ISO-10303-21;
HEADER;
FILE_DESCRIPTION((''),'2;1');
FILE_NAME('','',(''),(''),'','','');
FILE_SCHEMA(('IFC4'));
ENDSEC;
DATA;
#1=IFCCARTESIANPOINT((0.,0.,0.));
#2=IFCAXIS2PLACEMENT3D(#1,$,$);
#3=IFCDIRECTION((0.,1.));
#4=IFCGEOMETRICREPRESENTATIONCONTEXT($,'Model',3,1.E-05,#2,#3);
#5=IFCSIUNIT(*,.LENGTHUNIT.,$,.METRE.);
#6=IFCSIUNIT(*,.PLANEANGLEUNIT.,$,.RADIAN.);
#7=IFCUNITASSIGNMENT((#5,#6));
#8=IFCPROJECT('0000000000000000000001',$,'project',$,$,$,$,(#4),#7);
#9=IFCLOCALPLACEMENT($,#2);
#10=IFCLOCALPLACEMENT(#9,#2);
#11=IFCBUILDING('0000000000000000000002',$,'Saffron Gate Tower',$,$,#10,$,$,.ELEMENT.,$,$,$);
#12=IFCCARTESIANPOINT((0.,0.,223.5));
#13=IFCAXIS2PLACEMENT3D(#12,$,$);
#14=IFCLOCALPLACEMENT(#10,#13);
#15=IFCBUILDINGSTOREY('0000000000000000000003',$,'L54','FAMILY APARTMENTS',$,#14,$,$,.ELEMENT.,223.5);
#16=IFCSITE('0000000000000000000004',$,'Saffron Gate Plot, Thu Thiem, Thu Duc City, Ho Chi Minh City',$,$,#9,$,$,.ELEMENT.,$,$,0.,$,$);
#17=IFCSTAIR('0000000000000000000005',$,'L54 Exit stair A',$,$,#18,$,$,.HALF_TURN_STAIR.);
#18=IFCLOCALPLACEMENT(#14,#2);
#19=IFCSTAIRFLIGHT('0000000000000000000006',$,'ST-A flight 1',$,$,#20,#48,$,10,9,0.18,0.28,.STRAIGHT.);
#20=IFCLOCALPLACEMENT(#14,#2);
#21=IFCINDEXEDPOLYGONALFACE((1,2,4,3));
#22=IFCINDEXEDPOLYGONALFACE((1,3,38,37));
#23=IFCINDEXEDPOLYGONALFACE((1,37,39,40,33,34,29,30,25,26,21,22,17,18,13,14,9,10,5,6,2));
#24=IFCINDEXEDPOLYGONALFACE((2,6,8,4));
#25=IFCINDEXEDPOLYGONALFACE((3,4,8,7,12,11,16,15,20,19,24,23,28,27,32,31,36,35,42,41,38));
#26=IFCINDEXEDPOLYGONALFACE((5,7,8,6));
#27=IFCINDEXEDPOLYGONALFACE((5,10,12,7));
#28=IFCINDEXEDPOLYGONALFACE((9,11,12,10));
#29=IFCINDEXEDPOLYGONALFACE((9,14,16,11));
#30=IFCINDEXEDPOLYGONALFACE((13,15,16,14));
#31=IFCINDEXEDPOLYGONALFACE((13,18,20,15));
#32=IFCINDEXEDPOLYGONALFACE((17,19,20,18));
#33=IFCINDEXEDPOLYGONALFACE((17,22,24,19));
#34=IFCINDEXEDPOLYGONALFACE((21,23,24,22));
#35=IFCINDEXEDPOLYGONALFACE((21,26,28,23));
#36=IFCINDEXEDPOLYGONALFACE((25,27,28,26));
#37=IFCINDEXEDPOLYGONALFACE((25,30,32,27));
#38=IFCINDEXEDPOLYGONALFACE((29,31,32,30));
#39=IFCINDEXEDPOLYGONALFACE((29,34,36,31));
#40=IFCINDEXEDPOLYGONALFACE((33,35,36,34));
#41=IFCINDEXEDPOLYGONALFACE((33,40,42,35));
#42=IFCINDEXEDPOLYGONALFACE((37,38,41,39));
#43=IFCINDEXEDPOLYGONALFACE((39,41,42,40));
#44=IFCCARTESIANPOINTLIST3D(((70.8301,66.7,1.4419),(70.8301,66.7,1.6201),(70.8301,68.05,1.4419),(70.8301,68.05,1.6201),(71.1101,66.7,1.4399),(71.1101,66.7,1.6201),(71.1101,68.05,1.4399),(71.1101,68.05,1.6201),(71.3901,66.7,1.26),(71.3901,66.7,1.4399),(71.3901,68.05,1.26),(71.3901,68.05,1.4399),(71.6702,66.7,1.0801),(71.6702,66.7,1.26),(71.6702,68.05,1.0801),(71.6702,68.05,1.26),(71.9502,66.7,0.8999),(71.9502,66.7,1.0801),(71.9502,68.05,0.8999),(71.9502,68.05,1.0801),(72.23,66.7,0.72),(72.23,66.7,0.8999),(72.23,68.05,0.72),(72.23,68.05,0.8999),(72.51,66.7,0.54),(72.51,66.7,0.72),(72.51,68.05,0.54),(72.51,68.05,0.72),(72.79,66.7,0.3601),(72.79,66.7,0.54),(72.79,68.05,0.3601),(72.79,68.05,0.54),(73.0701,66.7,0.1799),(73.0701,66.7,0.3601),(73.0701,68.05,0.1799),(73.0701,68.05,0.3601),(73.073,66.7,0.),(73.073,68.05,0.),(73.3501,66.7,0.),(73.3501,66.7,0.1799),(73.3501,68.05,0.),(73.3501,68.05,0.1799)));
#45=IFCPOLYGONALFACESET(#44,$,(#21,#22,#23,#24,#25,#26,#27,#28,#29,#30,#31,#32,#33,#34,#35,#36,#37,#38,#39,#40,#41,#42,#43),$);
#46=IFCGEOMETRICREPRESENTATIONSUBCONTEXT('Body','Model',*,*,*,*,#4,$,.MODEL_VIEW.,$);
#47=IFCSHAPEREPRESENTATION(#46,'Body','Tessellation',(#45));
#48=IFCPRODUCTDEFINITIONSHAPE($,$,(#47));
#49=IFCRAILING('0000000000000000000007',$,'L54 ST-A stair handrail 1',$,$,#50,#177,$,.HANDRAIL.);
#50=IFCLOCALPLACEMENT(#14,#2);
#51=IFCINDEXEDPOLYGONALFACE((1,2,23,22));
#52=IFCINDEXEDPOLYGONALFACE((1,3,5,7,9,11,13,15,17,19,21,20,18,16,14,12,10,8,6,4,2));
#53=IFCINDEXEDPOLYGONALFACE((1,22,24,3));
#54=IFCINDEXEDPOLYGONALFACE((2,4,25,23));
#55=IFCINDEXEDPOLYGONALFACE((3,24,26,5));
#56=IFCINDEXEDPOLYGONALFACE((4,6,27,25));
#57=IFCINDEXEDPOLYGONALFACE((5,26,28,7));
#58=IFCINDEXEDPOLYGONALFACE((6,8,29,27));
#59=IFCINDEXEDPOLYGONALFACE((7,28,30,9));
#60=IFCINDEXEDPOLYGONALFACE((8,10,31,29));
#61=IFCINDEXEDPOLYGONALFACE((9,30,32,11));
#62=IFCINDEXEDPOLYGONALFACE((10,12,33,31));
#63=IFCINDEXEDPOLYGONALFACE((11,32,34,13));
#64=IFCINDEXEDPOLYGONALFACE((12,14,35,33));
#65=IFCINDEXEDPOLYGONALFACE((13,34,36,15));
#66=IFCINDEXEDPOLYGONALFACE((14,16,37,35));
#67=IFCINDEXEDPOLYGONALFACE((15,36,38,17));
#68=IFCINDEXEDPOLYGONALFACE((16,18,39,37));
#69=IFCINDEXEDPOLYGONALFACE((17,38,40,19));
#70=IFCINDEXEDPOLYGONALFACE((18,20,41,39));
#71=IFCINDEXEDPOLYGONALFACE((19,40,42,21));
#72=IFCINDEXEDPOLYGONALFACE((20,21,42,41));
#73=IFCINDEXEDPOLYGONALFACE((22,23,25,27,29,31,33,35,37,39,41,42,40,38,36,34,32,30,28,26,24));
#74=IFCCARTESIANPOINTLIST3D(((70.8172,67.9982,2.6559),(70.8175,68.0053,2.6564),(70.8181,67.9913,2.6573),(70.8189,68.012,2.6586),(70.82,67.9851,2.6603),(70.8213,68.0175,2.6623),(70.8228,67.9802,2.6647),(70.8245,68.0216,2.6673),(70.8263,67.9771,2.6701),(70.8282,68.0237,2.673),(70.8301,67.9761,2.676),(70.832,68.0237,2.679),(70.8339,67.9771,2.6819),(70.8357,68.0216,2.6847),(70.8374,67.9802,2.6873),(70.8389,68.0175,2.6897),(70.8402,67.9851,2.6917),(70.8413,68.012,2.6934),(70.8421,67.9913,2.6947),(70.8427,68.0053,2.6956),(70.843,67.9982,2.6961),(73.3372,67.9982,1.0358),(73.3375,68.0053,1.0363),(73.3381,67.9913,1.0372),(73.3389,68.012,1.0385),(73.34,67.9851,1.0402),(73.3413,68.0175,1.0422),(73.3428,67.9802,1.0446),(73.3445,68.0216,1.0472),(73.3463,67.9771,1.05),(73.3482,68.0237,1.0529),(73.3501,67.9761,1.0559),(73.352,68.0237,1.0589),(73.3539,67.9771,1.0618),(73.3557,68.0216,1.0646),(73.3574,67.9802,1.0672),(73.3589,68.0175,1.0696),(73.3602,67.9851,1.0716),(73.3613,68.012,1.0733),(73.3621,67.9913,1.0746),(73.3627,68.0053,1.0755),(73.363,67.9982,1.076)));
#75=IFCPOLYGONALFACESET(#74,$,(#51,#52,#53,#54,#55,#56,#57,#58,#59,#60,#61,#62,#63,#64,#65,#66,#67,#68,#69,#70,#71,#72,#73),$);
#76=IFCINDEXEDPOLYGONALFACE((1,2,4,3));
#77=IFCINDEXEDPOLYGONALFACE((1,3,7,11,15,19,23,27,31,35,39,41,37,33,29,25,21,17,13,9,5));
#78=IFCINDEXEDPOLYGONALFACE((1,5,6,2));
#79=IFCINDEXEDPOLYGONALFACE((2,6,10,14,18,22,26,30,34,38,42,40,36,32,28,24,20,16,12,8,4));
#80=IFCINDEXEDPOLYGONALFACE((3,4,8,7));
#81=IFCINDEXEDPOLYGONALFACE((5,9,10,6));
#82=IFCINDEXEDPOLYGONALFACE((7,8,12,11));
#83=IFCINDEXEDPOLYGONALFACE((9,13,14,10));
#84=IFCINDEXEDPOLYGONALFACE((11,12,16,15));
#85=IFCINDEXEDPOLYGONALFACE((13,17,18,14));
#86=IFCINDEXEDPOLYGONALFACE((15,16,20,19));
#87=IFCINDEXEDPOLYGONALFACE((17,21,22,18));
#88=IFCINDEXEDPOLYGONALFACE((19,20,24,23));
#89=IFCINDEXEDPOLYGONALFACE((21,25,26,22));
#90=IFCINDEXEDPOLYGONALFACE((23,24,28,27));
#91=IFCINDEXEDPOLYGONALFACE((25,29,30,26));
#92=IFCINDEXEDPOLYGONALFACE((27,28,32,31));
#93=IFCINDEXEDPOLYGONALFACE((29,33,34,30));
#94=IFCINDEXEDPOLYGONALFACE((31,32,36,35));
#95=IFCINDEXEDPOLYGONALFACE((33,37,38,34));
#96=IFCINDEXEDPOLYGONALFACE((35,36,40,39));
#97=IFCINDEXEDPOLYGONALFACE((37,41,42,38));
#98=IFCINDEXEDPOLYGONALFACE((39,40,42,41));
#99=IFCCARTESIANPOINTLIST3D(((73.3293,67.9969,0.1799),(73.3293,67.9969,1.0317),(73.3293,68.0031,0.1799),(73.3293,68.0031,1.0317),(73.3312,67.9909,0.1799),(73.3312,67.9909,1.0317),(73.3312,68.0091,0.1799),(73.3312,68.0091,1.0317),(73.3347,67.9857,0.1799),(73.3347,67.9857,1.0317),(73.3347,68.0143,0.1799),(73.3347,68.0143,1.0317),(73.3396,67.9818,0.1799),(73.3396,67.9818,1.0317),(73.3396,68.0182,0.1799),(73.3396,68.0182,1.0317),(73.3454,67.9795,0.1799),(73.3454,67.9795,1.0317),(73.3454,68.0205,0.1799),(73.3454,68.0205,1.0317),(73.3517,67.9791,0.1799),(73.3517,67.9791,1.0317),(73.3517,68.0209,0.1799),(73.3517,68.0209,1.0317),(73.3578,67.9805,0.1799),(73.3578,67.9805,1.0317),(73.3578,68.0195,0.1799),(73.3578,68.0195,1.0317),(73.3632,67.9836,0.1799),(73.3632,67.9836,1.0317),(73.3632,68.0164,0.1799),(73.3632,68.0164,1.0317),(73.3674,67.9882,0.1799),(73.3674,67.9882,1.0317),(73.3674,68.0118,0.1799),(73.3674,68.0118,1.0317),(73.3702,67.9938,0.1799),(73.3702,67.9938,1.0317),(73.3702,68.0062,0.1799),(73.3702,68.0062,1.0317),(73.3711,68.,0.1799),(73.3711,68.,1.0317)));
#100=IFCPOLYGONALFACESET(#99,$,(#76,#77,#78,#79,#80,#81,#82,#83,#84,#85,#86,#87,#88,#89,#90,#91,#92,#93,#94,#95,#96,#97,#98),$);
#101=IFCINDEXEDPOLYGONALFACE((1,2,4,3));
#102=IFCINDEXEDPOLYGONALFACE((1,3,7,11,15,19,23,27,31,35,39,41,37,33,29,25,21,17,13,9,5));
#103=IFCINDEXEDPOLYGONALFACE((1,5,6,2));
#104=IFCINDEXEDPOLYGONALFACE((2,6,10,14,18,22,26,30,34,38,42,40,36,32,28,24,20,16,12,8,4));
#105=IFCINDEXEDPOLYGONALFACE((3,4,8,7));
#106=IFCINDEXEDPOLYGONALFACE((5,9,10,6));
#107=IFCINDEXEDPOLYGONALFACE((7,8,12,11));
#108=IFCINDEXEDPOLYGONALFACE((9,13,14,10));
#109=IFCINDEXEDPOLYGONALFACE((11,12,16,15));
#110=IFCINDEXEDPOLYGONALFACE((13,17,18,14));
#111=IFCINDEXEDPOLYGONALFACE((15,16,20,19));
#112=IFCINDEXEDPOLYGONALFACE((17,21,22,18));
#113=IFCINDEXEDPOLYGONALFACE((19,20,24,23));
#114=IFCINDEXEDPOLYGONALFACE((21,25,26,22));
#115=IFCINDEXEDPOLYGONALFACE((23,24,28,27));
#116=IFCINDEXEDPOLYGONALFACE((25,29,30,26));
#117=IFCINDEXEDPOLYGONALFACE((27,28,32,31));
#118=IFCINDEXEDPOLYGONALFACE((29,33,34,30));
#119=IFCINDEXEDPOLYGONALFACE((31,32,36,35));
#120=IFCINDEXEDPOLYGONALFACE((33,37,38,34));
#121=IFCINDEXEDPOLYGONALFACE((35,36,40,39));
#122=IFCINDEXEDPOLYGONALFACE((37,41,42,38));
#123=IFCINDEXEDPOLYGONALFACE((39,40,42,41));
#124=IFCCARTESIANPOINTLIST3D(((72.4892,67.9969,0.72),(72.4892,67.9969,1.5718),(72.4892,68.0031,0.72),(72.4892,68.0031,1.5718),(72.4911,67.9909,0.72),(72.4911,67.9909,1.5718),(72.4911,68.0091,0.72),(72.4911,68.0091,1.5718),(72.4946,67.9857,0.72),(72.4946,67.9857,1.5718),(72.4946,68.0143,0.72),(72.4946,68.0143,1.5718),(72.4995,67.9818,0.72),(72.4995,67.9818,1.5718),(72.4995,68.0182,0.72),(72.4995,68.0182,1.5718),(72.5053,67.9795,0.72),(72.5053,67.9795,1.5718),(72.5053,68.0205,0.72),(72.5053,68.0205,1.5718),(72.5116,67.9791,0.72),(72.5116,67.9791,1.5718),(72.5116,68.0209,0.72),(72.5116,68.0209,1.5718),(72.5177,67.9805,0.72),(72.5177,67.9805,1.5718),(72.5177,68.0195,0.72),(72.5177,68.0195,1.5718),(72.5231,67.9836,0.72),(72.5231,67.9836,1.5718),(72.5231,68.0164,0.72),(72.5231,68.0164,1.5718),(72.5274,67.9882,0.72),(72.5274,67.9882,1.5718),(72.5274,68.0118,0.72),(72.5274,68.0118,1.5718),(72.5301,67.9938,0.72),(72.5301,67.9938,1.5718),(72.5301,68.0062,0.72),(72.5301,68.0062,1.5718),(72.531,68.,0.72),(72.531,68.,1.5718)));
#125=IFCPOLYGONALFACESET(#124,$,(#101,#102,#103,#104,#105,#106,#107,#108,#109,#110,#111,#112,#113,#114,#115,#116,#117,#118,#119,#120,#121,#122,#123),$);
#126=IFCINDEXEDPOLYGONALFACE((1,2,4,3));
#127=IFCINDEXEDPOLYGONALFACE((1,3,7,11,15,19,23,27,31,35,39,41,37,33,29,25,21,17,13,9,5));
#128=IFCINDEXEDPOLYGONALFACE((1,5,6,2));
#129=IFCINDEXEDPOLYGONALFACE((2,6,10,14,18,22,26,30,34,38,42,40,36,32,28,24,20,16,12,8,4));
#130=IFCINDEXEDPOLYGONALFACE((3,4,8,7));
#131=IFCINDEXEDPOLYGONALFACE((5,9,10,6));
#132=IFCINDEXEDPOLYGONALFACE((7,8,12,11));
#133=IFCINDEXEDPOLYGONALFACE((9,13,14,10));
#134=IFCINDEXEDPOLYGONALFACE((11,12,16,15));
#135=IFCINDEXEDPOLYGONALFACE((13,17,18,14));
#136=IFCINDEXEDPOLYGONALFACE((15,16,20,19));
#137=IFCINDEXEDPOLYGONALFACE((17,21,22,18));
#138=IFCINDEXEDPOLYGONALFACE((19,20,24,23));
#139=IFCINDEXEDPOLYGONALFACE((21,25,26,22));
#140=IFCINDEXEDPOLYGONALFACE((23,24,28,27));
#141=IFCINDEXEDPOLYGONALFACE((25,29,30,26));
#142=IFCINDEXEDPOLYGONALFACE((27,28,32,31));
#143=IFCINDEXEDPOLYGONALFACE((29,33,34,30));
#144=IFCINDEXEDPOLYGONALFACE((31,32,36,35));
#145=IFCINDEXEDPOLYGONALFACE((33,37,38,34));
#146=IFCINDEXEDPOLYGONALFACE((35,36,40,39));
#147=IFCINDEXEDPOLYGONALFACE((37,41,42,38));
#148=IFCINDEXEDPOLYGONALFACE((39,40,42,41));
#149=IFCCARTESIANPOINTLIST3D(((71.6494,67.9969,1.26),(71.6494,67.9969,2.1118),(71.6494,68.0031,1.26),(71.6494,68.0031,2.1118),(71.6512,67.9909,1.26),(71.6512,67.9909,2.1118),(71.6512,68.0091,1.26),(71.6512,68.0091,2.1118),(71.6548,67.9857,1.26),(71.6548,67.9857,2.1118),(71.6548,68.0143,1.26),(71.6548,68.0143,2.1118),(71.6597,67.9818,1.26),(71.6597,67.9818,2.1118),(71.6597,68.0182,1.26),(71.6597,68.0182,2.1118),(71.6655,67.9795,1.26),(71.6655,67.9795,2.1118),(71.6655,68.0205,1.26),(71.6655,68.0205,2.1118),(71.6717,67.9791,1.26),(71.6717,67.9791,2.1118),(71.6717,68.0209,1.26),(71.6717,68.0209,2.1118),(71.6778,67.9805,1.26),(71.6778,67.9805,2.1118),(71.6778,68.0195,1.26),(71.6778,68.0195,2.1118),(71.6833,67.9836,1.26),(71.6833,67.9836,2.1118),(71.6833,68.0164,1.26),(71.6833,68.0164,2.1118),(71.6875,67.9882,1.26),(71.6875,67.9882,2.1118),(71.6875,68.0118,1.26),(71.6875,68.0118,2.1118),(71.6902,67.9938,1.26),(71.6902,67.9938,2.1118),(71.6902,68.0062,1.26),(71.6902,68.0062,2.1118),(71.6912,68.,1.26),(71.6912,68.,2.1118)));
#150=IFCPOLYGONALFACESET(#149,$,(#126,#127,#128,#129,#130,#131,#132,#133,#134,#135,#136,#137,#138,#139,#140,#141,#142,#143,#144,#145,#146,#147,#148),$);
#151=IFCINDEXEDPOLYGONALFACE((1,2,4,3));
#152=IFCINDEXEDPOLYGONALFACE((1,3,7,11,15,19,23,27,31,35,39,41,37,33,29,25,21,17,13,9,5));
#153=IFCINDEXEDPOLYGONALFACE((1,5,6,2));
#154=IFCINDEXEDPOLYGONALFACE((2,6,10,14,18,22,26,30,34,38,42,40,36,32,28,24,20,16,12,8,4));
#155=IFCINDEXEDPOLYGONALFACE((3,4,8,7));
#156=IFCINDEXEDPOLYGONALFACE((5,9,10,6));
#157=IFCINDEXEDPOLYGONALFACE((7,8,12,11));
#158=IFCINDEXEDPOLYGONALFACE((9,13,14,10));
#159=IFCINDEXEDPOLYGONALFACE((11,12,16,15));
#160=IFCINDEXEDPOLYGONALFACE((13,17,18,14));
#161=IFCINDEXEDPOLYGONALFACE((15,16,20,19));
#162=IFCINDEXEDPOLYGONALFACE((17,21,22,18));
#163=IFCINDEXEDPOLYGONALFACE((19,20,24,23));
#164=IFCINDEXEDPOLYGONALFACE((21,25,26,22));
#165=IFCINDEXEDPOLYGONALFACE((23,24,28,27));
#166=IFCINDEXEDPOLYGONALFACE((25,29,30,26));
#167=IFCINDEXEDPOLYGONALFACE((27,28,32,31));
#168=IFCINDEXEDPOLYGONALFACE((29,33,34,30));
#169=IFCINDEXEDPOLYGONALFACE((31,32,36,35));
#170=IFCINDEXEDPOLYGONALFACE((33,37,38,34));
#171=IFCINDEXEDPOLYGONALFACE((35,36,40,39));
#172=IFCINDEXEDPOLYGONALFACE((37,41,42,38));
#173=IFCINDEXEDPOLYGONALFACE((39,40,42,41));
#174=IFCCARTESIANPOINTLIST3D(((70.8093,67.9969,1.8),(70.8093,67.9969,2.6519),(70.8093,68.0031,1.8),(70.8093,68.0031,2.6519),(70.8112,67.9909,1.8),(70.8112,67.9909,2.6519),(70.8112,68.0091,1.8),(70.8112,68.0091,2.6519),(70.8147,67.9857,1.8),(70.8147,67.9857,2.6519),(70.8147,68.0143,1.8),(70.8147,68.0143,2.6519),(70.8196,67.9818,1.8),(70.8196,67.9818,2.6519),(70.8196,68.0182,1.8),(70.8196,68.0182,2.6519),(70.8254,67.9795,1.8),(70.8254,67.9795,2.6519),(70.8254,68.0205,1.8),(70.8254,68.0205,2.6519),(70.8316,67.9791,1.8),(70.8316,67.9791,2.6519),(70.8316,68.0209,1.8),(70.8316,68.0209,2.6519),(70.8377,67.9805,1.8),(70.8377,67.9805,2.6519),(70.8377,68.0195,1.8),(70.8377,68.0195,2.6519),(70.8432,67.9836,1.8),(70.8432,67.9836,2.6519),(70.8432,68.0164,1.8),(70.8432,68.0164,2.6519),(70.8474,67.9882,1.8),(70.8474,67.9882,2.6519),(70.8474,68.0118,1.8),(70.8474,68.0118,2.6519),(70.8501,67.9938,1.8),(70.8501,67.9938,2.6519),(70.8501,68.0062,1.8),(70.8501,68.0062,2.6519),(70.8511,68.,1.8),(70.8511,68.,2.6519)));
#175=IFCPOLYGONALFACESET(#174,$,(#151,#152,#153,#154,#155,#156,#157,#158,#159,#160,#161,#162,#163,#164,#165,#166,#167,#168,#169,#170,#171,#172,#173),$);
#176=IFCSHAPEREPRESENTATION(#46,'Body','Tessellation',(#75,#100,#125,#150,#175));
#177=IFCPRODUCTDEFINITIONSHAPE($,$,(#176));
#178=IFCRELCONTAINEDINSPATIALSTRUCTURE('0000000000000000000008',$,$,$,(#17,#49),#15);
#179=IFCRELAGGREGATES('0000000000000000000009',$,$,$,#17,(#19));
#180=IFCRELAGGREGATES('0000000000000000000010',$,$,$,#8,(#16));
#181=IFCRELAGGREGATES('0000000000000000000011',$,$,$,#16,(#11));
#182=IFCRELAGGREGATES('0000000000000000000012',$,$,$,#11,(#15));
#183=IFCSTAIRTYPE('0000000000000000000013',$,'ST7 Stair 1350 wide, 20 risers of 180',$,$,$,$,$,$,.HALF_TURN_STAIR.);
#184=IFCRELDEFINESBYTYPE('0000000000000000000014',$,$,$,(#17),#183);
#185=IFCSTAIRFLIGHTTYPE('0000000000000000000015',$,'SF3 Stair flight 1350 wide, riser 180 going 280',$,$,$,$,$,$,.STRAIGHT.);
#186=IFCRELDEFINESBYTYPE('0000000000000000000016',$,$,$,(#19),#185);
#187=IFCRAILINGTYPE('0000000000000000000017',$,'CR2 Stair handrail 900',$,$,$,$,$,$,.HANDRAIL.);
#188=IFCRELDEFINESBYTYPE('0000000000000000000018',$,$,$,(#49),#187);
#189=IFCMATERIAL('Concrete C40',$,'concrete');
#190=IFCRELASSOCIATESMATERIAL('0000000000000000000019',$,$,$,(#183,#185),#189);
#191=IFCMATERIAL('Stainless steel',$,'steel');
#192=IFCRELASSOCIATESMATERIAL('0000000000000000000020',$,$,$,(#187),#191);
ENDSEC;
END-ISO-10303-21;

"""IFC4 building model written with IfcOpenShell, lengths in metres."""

from ifc_helpers import new_model, si_unit, direction, frame, origin, origin_2d, place, context, subcontext, project, spatial, polyline, circle, outline, extrude, material, type_object, element, aggregate, save


model = new_model("IFC4")

# Units and contexts
model_context = context("Model", 3, precision=1e-05, world=origin(), true_north=direction((0.0, 1.0)))
body_context = subcontext(model_context, "Body", "Model", "MODEL_VIEW")
ifc_project = project(units=[si_unit("LENGTHUNIT", "METRE"), si_unit("PLANEANGLEUNIT", "RADIAN")], contexts=[model_context])

# Site, building, storey
site_placement = place(None, origin())
site = spatial("IfcSite", under=ifc_project, at=site_placement, Name="Saffron Gate Plot, Thu Thiem, Thu Duc City, Ho Chi Minh City", CompositionType="ELEMENT", RefElevation=0.0)
building_placement = place(site_placement, origin())
building = spatial("IfcBuilding", under=site, at=building_placement, Name="Saffron Gate Tower", CompositionType="ELEMENT")
storey_placement = place(building_placement, frame((0.0, 0.0, 223.5)))
storey = spatial("IfcBuildingStorey", under=building, at=storey_placement, Name="L54", Description="FAMILY APARTMENTS", CompositionType="ELEMENT", Elevation=223.5)

# Stair, stair flight
ifc_material_1 = material(Name="Concrete C40", Category="concrete")
stair_type = type_object("IfcStairType", Name="ST7 Stair 1350 wide, 20 risers of 180", PredefinedType="HALF_TURN_STAIR", material=ifc_material_1)
stair_placement = place(storey_placement, origin())
stair = element("IfcStair", 1, at=stair_placement, inside=storey, type_object=stair_type, Name="L54 Exit stair A", PredefinedType="HALF_TURN_STAIR")
stair_flight_type = type_object("IfcStairFlightType", Name="SF3 Stair flight 1350 wide, riser 180 going 280", PredefinedType="STRAIGHT", material=ifc_material_1)
stair_flight_placement = place(storey_placement, frame((73.3501, 67.375, 0.0), z_axis=(0.0, 0.0, 1.0), x_axis=(-1.0, 0.0, 0.0)))
stair_flight = element("IfcStairFlight", 2, at=stair_flight_placement, type_object=stair_flight_type, Name="ST-A flight 1", NumberOfRisers=10, NumberOfTreads=9, PredefinedType="STRAIGHT", RiserHeight=0.18, TreadLength=0.28, context=body_context, shape_type="SweptSolid", body=[
    extrude(outline(polyline([(0.0, 0.0), (0.0, 0.1799), (0.28, 0.1799), (0.28, 0.3601), (0.5601, 0.3601), (0.5601, 0.54), (0.8401, 0.54), (0.8401, 0.72), (1.1201, 0.72), (1.1201, 0.8999), (1.3999, 0.8999), (1.3999, 1.0801), (1.6799, 1.0801), (1.6799, 1.26), (1.96, 1.26), (1.96, 1.4399), (2.24, 1.4399), (2.24, 1.6201), (2.52, 1.6201), (2.52, 1.8), (2.52, 1.4419), (0.2771, 0.0), (0.0, 0.0)])), frame((0.0, 0.675, 0.0), z_axis=(0.0, -1.0, 0.0), x_axis=(1.0, 0.0, 0.0)), (0.0, 0.0, 1.0), 1.3501),
])
aggregate(stair, [stair_flight])

# Railing
ifc_material_2 = material(Name="Stainless steel", Category="steel")
railing_type_1 = type_object("IfcRailingType", Name="CR2 Stair handrail 900", PredefinedType="HANDRAIL", material=ifc_material_2)
railing_1_placement = place(storey_placement, frame((73.3501, 68.0, 0.1799)))
element("IfcRailing", 3, at=railing_1_placement, inside=storey, type_object=railing_type_1, Name="L54 ST-A stair handrail 1", PredefinedType="HANDRAIL", context=body_context, shape_type="SweptSolid", body=[
    extrude(circle(Radius=0.0239, at=origin_2d()), frame((0.0, 0.0, 0.876), z_axis=(-0.841163, 0.0, 0.540782), x_axis=(0.0, -1.0, 0.0)), (0.0, 0.0, 1.0), 2.9958),
    extrude(circle(Radius=0.021, at=origin_2d()), origin(), (0.0, 0.0, 1.0), 0.8518),
    extrude(circle(Radius=0.021, at=origin_2d()), frame((-0.8401, 0.0, 0.54)), (0.0, 0.0, 1.0), 0.8518),
    extrude(circle(Radius=0.021, at=origin_2d()), frame((-1.6799, 0.0, 1.0801)), (0.0, 0.0, 1.0), 0.8518),
    extrude(circle(Radius=0.021, at=origin_2d()), frame((-2.52, 0.0, 1.6201)), (0.0, 0.0, 1.0), 0.8518),
])

save(model, "model.ifc")
